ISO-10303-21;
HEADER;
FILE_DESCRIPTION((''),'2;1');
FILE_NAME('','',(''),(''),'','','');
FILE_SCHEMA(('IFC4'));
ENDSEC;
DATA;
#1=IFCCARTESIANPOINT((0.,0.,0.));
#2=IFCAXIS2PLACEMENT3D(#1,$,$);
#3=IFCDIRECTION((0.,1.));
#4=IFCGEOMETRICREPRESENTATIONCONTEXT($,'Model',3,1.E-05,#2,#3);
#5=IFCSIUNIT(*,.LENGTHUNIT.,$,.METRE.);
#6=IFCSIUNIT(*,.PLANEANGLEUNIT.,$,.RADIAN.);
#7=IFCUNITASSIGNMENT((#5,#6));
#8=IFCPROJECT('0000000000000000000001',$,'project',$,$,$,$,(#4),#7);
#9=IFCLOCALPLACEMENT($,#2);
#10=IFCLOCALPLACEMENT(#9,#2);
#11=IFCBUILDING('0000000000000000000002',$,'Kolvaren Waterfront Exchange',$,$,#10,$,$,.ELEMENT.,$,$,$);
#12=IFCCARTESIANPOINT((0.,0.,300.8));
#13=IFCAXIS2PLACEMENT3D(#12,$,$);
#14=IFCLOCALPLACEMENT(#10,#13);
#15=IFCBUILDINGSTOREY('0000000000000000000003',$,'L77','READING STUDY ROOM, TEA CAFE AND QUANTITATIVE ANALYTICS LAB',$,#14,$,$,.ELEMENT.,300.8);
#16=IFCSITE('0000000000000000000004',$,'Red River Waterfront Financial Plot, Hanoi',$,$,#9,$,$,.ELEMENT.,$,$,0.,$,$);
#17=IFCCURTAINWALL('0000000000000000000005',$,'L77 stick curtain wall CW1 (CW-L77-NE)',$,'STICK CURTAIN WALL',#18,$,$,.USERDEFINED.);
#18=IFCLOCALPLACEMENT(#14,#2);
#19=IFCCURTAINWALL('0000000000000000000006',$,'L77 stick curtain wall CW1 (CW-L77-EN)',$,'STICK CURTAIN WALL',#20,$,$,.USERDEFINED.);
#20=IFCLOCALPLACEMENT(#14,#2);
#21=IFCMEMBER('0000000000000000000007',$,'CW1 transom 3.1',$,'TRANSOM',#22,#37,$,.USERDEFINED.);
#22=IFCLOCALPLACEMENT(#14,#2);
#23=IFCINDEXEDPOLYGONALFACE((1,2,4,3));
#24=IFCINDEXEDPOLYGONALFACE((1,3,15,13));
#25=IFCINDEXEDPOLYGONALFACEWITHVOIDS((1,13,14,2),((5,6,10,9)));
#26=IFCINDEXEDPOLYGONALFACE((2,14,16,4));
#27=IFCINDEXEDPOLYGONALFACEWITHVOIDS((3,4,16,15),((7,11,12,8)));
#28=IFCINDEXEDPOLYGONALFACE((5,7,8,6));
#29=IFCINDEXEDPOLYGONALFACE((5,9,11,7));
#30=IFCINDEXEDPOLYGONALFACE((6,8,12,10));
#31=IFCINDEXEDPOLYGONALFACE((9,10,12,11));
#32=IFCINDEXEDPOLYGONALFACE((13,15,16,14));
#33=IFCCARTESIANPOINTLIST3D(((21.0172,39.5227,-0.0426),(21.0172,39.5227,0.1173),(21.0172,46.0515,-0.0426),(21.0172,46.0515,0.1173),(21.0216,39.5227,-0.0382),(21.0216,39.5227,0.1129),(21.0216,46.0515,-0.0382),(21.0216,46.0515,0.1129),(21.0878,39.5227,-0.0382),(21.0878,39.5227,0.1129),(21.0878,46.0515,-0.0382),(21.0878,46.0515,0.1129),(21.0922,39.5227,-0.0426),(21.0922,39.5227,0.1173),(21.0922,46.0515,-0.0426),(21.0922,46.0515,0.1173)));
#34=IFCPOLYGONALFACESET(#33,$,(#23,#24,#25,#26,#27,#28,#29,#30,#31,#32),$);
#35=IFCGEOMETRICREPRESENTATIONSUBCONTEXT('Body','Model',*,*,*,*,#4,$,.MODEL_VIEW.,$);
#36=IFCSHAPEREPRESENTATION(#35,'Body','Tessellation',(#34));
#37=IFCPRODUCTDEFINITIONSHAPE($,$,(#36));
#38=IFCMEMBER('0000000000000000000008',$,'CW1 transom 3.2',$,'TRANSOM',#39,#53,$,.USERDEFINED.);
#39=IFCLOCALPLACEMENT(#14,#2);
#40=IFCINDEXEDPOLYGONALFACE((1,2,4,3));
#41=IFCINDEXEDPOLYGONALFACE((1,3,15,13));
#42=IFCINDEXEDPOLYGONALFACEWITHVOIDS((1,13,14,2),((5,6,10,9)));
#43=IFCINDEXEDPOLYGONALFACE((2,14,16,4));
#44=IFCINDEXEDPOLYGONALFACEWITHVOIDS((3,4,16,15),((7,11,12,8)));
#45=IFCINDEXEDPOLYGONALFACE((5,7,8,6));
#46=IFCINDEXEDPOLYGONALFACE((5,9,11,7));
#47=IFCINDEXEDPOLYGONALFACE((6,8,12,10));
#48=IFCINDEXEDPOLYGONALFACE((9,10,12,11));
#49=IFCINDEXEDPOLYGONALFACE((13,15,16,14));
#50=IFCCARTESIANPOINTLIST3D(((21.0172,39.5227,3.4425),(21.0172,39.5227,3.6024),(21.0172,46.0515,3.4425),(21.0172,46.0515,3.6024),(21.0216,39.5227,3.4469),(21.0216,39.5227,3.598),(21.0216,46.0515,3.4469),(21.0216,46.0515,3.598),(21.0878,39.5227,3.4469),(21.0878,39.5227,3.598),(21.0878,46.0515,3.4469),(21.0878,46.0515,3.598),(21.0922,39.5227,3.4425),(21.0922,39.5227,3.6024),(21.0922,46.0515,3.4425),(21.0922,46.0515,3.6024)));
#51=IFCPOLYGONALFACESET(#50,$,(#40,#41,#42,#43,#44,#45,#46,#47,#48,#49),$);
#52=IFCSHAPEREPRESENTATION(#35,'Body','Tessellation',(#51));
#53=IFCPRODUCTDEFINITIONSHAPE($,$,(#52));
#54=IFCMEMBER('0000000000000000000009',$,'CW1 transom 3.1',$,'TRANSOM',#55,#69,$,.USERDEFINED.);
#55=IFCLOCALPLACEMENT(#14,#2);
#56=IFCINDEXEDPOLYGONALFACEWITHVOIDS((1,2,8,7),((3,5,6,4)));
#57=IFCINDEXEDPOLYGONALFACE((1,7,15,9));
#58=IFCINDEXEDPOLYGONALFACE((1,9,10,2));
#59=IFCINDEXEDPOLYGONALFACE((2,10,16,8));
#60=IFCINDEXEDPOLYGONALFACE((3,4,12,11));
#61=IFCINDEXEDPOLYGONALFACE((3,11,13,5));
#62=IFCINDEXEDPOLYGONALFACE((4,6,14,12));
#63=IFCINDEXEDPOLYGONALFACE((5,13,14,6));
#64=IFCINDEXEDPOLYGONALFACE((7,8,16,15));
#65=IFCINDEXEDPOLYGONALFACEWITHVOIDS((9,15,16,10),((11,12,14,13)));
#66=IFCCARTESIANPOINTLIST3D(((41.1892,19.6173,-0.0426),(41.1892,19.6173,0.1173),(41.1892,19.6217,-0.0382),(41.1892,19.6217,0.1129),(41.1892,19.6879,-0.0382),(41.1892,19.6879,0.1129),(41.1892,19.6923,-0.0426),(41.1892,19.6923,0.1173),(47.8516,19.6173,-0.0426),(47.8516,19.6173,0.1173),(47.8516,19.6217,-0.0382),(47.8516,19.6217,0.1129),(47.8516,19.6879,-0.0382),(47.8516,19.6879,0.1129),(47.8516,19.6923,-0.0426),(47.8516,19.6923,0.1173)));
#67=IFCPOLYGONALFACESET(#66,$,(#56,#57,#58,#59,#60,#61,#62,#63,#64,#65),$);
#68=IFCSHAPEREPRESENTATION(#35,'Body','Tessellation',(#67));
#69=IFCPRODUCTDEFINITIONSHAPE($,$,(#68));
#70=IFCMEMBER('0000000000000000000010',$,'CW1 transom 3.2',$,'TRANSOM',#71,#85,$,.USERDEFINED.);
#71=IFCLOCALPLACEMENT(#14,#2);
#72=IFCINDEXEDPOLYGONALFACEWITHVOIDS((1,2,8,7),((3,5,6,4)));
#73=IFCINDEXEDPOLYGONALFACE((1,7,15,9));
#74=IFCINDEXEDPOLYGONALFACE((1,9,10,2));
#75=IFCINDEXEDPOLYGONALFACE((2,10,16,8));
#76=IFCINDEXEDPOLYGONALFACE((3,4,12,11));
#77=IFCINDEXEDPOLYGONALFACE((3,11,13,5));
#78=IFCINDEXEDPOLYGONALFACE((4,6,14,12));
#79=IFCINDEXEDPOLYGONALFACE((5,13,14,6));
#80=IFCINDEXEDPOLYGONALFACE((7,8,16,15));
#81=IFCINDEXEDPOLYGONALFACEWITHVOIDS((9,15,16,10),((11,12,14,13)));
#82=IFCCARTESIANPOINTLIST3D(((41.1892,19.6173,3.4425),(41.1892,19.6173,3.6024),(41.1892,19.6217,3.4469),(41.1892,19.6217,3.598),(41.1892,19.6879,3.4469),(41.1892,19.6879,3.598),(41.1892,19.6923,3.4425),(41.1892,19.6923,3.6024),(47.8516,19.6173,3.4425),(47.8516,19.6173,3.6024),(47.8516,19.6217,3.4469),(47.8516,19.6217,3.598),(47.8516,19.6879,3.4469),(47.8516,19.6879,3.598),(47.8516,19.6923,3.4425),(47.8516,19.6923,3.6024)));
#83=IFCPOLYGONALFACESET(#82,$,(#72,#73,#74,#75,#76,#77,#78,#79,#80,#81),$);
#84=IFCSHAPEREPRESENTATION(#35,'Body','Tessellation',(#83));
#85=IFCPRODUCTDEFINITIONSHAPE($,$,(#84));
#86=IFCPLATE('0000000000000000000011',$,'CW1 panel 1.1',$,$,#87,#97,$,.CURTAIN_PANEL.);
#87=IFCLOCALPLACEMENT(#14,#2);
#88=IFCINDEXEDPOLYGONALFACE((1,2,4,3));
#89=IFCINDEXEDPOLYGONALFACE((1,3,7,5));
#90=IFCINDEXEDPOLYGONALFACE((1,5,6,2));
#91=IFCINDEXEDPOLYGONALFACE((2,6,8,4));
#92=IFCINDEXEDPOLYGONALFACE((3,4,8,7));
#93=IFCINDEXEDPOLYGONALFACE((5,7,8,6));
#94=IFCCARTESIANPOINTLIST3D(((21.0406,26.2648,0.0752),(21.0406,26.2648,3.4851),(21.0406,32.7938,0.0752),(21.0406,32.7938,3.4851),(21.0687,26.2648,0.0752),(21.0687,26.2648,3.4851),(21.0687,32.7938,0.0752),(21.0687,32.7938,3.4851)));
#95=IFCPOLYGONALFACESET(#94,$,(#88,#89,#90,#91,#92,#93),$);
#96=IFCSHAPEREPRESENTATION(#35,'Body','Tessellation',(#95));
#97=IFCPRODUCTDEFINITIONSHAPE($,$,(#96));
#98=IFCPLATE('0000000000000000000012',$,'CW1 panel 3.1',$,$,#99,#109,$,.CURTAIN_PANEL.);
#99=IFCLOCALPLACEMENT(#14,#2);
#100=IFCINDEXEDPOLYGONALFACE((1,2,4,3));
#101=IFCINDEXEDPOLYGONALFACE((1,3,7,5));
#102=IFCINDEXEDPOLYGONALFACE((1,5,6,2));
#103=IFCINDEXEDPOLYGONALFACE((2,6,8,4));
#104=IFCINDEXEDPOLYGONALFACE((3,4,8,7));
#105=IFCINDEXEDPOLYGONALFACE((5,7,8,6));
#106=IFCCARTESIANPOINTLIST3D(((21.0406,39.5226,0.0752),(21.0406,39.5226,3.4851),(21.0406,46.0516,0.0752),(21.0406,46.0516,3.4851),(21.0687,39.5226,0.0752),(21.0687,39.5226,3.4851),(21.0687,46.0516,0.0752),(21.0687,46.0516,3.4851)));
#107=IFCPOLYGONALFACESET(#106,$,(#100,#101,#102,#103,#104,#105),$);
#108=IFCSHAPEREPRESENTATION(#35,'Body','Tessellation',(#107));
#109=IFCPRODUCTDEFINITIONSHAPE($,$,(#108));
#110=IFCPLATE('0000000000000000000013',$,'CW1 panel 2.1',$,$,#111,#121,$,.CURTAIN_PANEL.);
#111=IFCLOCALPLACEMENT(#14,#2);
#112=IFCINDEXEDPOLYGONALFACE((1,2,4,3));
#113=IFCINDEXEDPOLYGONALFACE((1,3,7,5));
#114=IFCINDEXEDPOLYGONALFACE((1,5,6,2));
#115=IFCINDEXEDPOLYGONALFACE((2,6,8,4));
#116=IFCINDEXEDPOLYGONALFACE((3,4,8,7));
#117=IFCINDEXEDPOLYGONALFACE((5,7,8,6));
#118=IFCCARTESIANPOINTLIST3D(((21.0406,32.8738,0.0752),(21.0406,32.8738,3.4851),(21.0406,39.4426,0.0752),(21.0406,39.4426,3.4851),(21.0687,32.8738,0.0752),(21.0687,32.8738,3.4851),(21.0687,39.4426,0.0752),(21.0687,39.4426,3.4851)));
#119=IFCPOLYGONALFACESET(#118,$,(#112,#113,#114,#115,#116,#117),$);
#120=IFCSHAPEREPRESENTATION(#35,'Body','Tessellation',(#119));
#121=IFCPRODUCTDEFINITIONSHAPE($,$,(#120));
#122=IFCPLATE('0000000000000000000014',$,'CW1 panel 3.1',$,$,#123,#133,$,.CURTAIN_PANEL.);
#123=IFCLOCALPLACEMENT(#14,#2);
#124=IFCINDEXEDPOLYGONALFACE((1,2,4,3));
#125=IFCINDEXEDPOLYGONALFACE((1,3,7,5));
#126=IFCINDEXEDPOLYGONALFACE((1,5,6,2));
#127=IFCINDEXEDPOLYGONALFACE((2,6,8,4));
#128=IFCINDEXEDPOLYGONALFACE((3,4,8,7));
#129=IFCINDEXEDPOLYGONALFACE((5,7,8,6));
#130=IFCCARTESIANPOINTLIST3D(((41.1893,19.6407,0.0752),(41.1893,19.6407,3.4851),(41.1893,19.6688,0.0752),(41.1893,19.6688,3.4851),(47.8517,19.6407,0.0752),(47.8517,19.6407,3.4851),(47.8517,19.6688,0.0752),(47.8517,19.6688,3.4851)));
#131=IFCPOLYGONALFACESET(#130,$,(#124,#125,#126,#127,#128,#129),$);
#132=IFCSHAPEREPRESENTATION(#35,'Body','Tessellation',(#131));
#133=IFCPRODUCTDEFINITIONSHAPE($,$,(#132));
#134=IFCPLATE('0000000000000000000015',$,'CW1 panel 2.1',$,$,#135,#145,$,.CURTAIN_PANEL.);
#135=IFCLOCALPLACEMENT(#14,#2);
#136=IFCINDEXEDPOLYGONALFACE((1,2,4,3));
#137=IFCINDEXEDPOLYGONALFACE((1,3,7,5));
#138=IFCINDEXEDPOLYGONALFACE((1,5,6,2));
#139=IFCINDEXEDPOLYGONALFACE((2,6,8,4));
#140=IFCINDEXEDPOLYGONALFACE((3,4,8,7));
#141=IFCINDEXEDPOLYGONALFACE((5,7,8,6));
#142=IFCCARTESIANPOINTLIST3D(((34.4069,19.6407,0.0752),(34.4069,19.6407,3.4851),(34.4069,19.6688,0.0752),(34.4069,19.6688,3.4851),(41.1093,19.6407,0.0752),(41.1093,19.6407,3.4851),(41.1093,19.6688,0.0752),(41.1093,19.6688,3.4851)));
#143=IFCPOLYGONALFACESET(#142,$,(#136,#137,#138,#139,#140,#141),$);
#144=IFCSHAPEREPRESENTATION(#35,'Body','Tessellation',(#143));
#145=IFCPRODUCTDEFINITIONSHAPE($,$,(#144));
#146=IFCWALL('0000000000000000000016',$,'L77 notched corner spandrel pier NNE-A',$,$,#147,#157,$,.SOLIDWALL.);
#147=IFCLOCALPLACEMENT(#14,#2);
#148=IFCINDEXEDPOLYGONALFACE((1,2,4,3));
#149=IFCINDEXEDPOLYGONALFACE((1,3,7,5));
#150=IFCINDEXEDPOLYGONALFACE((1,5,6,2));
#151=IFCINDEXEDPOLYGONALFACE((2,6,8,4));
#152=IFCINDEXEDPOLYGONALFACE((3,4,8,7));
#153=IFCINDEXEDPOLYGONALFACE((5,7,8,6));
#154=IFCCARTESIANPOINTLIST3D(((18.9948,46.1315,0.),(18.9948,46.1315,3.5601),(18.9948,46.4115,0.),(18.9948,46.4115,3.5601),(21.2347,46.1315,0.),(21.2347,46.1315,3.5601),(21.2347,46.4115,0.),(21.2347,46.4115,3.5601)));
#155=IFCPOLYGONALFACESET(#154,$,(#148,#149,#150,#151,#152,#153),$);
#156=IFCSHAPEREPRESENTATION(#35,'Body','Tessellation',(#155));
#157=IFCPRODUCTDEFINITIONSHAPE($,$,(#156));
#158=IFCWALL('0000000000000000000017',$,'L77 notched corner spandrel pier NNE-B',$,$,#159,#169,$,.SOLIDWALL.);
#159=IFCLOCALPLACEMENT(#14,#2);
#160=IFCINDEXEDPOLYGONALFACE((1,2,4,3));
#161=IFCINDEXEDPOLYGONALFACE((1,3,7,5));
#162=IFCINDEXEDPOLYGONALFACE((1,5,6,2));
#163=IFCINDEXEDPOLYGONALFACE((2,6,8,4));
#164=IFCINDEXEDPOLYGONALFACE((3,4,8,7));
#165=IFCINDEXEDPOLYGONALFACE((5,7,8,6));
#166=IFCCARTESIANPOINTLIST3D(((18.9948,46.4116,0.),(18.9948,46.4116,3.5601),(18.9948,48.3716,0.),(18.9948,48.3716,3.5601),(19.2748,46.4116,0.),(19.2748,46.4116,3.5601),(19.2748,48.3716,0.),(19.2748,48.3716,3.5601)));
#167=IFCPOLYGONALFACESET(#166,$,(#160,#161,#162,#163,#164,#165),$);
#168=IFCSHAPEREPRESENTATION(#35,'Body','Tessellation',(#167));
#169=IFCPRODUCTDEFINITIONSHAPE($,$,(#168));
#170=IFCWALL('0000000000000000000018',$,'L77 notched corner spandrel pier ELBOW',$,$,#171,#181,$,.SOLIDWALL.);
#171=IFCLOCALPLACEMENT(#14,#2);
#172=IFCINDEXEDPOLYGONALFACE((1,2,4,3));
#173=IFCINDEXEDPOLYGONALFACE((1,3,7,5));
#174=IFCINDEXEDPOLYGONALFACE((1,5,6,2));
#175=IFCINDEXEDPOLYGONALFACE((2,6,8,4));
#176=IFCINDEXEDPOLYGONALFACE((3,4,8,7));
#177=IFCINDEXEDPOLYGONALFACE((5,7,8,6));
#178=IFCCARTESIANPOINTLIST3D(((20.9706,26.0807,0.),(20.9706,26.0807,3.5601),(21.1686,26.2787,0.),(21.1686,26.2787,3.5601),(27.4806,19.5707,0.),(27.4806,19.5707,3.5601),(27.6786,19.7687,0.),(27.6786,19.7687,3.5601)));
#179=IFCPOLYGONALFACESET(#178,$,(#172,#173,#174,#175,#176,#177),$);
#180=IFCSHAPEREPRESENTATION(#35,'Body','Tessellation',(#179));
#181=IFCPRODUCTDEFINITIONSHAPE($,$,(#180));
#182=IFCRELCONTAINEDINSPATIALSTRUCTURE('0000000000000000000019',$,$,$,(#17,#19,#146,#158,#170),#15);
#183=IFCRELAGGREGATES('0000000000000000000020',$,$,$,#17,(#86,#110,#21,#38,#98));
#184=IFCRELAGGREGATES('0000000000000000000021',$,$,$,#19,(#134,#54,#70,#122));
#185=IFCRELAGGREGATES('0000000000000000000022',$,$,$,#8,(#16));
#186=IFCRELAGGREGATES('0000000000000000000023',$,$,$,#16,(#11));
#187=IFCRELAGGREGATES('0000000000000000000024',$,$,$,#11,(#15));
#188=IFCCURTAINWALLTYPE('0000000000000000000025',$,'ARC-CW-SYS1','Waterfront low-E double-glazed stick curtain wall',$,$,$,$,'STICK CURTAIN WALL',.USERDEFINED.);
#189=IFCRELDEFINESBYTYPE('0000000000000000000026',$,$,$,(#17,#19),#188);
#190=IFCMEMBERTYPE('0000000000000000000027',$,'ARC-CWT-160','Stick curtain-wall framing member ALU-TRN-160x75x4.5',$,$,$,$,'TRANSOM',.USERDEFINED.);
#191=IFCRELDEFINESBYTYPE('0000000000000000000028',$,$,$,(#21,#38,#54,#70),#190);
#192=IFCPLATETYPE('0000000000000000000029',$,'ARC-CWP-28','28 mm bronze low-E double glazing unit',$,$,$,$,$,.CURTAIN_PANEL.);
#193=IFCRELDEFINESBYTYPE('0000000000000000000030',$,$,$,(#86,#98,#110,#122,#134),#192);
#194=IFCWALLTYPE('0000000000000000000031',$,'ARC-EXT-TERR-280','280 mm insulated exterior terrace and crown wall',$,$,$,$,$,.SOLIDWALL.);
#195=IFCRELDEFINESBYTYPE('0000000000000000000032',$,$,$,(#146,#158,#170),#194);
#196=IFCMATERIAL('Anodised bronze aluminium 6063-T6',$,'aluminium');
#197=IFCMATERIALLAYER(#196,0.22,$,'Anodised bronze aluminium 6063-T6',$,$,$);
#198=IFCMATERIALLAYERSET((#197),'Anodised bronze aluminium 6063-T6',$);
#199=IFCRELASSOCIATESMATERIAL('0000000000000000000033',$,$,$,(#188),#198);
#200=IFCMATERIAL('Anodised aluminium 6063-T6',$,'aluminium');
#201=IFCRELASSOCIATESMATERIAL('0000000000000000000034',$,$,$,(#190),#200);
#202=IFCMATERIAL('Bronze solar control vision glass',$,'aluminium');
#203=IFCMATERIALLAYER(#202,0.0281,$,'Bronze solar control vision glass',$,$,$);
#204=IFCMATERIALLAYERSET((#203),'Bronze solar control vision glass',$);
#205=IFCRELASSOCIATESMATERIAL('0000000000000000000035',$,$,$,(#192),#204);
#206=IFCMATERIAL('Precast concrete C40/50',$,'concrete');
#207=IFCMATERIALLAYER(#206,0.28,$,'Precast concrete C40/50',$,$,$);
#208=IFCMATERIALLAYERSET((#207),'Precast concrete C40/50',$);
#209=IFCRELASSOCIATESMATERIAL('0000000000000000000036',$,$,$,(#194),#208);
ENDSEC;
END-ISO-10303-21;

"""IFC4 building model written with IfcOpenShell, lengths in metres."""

from ifc_helpers import new_model, si_unit, direction, frame, frame_2d, origin, origin_with_axes, origin_2d, place, context, subcontext, project, spatial, rectangle, hollow_rectangle, extrude, source, transform, mapped, material, layer, layer_set, material_profile, profile_set, type_object, element, aggregate, save


model = new_model("IFC4")

# Units and contexts
model_context = context("Model", 3, precision=1e-05, world=origin(), true_north=direction((0.0, 1.0)))
body_context = subcontext(model_context, "Body", "Model", "MODEL_VIEW")
ifc_project = project(units=[si_unit("LENGTHUNIT", "METRE"), si_unit("PLANEANGLEUNIT", "RADIAN")], contexts=[model_context])

# Site, building, storey
site_placement = place(None, origin())
site = spatial("IfcSite", under=ifc_project, at=site_placement, Name="Red River Waterfront Financial Plot, Hanoi", CompositionType="ELEMENT", RefElevation=0.0)
building_placement = place(site_placement, origin())
building = spatial("IfcBuilding", under=site, at=building_placement, Name="Kolvaren Waterfront Exchange", CompositionType="ELEMENT")
storey_placement = place(building_placement, frame((0.0, 0.0, 300.8)))
storey = spatial("IfcBuildingStorey", under=building, at=storey_placement, Name="L77", Description="READING STUDY ROOM, TEA CAFE AND QUANTITATIVE ANALYTICS LAB", CompositionType="ELEMENT", Elevation=300.8)

# Curtain walls
ifc_material_1 = material(Name="Anodised bronze aluminium 6063-T6", Category="aluminium")
ifc_layer_1 = layer(ifc_material_1, 0.22, Name="Anodised bronze aluminium 6063-T6")
ifc_layer_set_1 = layer_set([ifc_layer_1], Name="Anodised bronze aluminium 6063-T6")
curtain_wall_type = type_object("IfcCurtainWallType", Name="ARC-CW-SYS1", Description="Waterfront low-E double-glazed stick curtain wall", ElementType="STICK CURTAIN WALL", PredefinedType="USERDEFINED", material=ifc_layer_set_1)
curtain_wall_1_placement = place(storey_placement, origin())
curtain_wall_1 = element("IfcCurtainWall", 1, at=curtain_wall_1_placement, inside=storey, type_object=curtain_wall_type, Name="L77 stick curtain wall CW1 (CW-L77-NE)", ObjectType="STICK CURTAIN WALL", PredefinedType="USERDEFINED")
ifc_material_2 = material(Name="Anodised aluminium 6063-T6", Category="aluminium")
curtain_wall_2_placement = place(storey_placement, origin())
curtain_wall_2 = element("IfcCurtainWall", 2, at=curtain_wall_2_placement, inside=storey, type_object=curtain_wall_type, Name="L77 stick curtain wall CW1 (CW-L77-EN)", ObjectType="STICK CURTAIN WALL", PredefinedType="USERDEFINED")

# Members
ifc_material_profile_1 = material_profile(ifc_material_2, hollow_rectangle(XDim=0.075, YDim=0.1599, WallThickness=0.0044, at=origin_2d()), Name="ALU-TRN-160x75x4.5")
ifc_profile_set_1 = profile_set([ifc_material_profile_1], Name="Anodised aluminium 6063-T6")
member_type_1 = type_object("IfcMemberType", Name="ARC-CWT-160", Description="Stick curtain-wall framing member ALU-TRN-160x75x4.5", ElementType="TRANSOM", PredefinedType="USERDEFINED", material=ifc_profile_set_1)
shared_shape_1 = source(origin_with_axes(), body_context, "Body", "SweptSolid", [
    extrude(hollow_rectangle(XDim=0.075, YDim=0.1599, WallThickness=0.0044, at=origin_2d()), origin(), (0.0, 0.0, 1.0), 6.5288),
])
member_1_placement = place(storey_placement, frame((21.0547, 39.5227, 0.0374), z_axis=(0.0, 1.0, 0.0), x_axis=(-1.0, 0.0, 0.0)))
member_1 = element("IfcMember", 3, at=member_1_placement, type_object=member_type_1, Name="CW1 transom 3.1", ObjectType="TRANSOM", PredefinedType="USERDEFINED", context=body_context, shape_type="MappedRepresentation", body=[
    mapped(shared_shape_1, transform((0.0, 0.0, 0.0), x_axis=(1.0, 0.0, 0.0), y_axis=(0.0, 1.0, 0.0), z_axis=(0.0, 0.0, 1.0), scale=1.0)),
])
member_2_placement = place(storey_placement, frame((21.0547, 39.5227, 3.5225), z_axis=(0.0, 1.0, 0.0), x_axis=(-1.0, 0.0, 0.0)))
member_2 = element("IfcMember", 4, at=member_2_placement, type_object=member_type_1, Name="CW1 transom 3.2", ObjectType="TRANSOM", PredefinedType="USERDEFINED", context=body_context, shape_type="MappedRepresentation", body=[
    mapped(shared_shape_1, transform((0.0, 0.0, 0.0), x_axis=(1.0, 0.0, 0.0), y_axis=(0.0, 1.0, 0.0), z_axis=(0.0, 0.0, 1.0), scale=1.0)),
])
shared_shape_2 = source(origin_with_axes(), body_context, "Body", "SweptSolid", [
    extrude(hollow_rectangle(XDim=0.075, YDim=0.1599, WallThickness=0.0044, at=origin_2d()), origin(), (0.0, 0.0, 1.0), 6.6624),
])
member_3_placement = place(storey_placement, frame((41.1892, 19.6548, 0.0374), z_axis=(1.0, 0.0, 0.0), x_axis=(0.0, 1.0, 0.0)))
member_3 = element("IfcMember", 5, at=member_3_placement, type_object=member_type_1, Name="CW1 transom 3.1", ObjectType="TRANSOM", PredefinedType="USERDEFINED", context=body_context, shape_type="MappedRepresentation", body=[
    mapped(shared_shape_2, transform((0.0, 0.0, 0.0), x_axis=(1.0, 0.0, 0.0), y_axis=(0.0, 1.0, 0.0), z_axis=(0.0, 0.0, 1.0), scale=1.0)),
])
member_4_placement = place(storey_placement, frame((41.1892, 19.6548, 3.5225), z_axis=(1.0, 0.0, 0.0), x_axis=(0.0, 1.0, 0.0)))
member_4 = element("IfcMember", 6, at=member_4_placement, type_object=member_type_1, Name="CW1 transom 3.2", ObjectType="TRANSOM", PredefinedType="USERDEFINED", context=body_context, shape_type="MappedRepresentation", body=[
    mapped(shared_shape_2, transform((0.0, 0.0, 0.0), x_axis=(1.0, 0.0, 0.0), y_axis=(0.0, 1.0, 0.0), z_axis=(0.0, 0.0, 1.0), scale=1.0)),
])

# Plates
ifc_material_3 = material(Name="Bronze solar control vision glass", Category="aluminium")
ifc_layer_2 = layer(ifc_material_3, 0.0281, Name="Bronze solar control vision glass")
ifc_layer_set_2 = layer_set([ifc_layer_2], Name="Bronze solar control vision glass")
plate_type = type_object("IfcPlateType", Name="ARC-CWP-28", Description="28 mm bronze low-E double glazing unit", PredefinedType="CURTAIN_PANEL", material=ifc_layer_set_2)
shared_shape_3 = source(origin_with_axes(), body_context, "Body", "SweptSolid", [
    extrude(rectangle(XDim=6.5291, YDim=0.0281, at=origin_2d()), origin(), (0.0, 0.0, 1.0), 3.4099),
])
plate_1_placement = place(storey_placement, frame((21.0547, 29.5293, 0.0752), z_axis=(0.0, 0.0, 1.0), x_axis=(0.0, 1.0, 0.0)))
plate_1 = element("IfcPlate", 7, at=plate_1_placement, type_object=plate_type, Name="CW1 panel 1.1", PredefinedType="CURTAIN_PANEL", context=body_context, shape_type="MappedRepresentation", body=[
    mapped(shared_shape_3, transform((0.0, 0.0, 0.0), x_axis=(1.0, 0.0, 0.0), y_axis=(0.0, 1.0, 0.0), z_axis=(0.0, 0.0, 1.0), scale=1.0)),
])
plate_2_placement = place(storey_placement, frame((21.0547, 42.7871, 0.0752), z_axis=(0.0, 0.0, 1.0), x_axis=(0.0, 1.0, 0.0)))
plate_2 = element("IfcPlate", 8, at=plate_2_placement, type_object=plate_type, Name="CW1 panel 3.1", PredefinedType="CURTAIN_PANEL", context=body_context, shape_type="MappedRepresentation", body=[
    mapped(shared_shape_3, transform((0.0, 0.0, 0.0), x_axis=(1.0, 0.0, 0.0), y_axis=(0.0, 1.0, 0.0), z_axis=(0.0, 0.0, 1.0), scale=1.0)),
])
shared_shape_4 = source(origin_with_axes(), body_context, "Body", "SweptSolid", [
    extrude(rectangle(XDim=6.5688, YDim=0.0281, at=origin_2d()), origin(), (0.0, 0.0, 1.0), 3.4099),
])
plate_3_placement = place(storey_placement, frame((21.0547, 36.1582, 0.0752), z_axis=(0.0, 0.0, 1.0), x_axis=(0.0, 1.0, 0.0)))
plate_3 = element("IfcPlate", 9, at=plate_3_placement, type_object=plate_type, Name="CW1 panel 2.1", PredefinedType="CURTAIN_PANEL", context=body_context, shape_type="MappedRepresentation", body=[
    mapped(shared_shape_4, transform((0.0, 0.0, 0.0), x_axis=(1.0, 0.0, 0.0), y_axis=(0.0, 1.0, 0.0), z_axis=(0.0, 0.0, 1.0), scale=1.0)),
])
aggregate(curtain_wall_1, [plate_1, plate_3, member_1, member_2, plate_2])
shared_shape_5 = source(origin_with_axes(), body_context, "Body", "SweptSolid", [
    extrude(rectangle(XDim=6.6624, YDim=0.0281, at=origin_2d()), origin(), (0.0, 0.0, 1.0), 3.4099),
])
plate_4_placement = place(storey_placement, frame((44.5205, 19.6548, 0.0752), z_axis=(0.0, 0.0, 1.0), x_axis=(1.0, 0.0, 0.0)))
plate_4 = element("IfcPlate", 10, at=plate_4_placement, type_object=plate_type, Name="CW1 panel 3.1", PredefinedType="CURTAIN_PANEL", context=body_context, shape_type="MappedRepresentation", body=[
    mapped(shared_shape_5, transform((0.0, 0.0, 0.0), x_axis=(1.0, 0.0, 0.0), y_axis=(0.0, 1.0, 0.0), z_axis=(0.0, 0.0, 1.0), scale=1.0)),
])
shared_shape_6 = source(origin_with_axes(), body_context, "Body", "SweptSolid", [
    extrude(rectangle(XDim=6.7024, YDim=0.0281, at=origin_2d()), origin(), (0.0, 0.0, 1.0), 3.4099),
])
plate_5_placement = place(storey_placement, frame((37.7581, 19.6548, 0.0752), z_axis=(0.0, 0.0, 1.0), x_axis=(1.0, 0.0, 0.0)))
plate_5 = element("IfcPlate", 11, at=plate_5_placement, type_object=plate_type, Name="CW1 panel 2.1", PredefinedType="CURTAIN_PANEL", context=body_context, shape_type="MappedRepresentation", body=[
    mapped(shared_shape_6, transform((0.0, 0.0, 0.0), x_axis=(1.0, 0.0, 0.0), y_axis=(0.0, 1.0, 0.0), z_axis=(0.0, 0.0, 1.0), scale=1.0)),
])
aggregate(curtain_wall_2, [plate_5, member_3, member_4, plate_4])

# Walls
ifc_material_4 = material(Name="Precast concrete C40/50", Category="concrete")
ifc_layer_3 = layer(ifc_material_4, 0.28, Name="Precast concrete C40/50")
ifc_layer_set_3 = layer_set([ifc_layer_3], Name="Precast concrete C40/50")
wall_type = type_object("IfcWallType", Name="ARC-EXT-TERR-280", Description="280 mm insulated exterior terrace and crown wall", PredefinedType="SOLIDWALL", material=ifc_layer_set_3)
wall_1_placement = place(storey_placement, frame((18.9946, 46.2715, 0.0), z_axis=(0.0, 0.0, 1.0), x_axis=(1.0, 0.0, 0.0)))
element("IfcWall", 12, at=wall_1_placement, inside=storey, type_object=wall_type, Name="L77 notched corner spandrel pier NNE-A", PredefinedType="SOLIDWALL", context=body_context, shape_type="SweptSolid", body=[
    extrude(rectangle(XDim=2.24, YDim=0.28, at=frame_2d((1.1201, 0.0))), origin(), (0.0, 0.0, 1.0), 3.5601),
])
wall_2_placement = place(storey_placement, frame((19.1348, 46.4116, 0.0), z_axis=(0.0, 0.0, 1.0), x_axis=(0.0, 1.0, 0.0)))
element("IfcWall", 13, at=wall_2_placement, inside=storey, type_object=wall_type, Name="L77 notched corner spandrel pier NNE-B", PredefinedType="SOLIDWALL", context=body_context, shape_type="SweptSolid", body=[
    extrude(rectangle(XDim=1.96, YDim=0.28, at=frame_2d((0.98, 0.0))), origin(), (0.0, 0.0, 1.0), 3.5601),
])
wall_3_placement = place(storey_placement, frame((27.5796, 19.6697, 0.0), z_axis=(0.0, 0.0, 1.0), x_axis=(-0.707107, 0.707107, 0.0)))
element("IfcWall", 14, at=wall_3_placement, inside=storey, type_object=wall_type, Name="L77 notched corner spandrel pier ELBOW", PredefinedType="SOLIDWALL", context=body_context, shape_type="SweptSolid", body=[
    extrude(rectangle(XDim=9.2065, YDim=0.28, at=frame_2d((4.6033, 0.0))), origin(), (0.0, 0.0, 1.0), 3.5601),
])

save(model, "model.ifc")
